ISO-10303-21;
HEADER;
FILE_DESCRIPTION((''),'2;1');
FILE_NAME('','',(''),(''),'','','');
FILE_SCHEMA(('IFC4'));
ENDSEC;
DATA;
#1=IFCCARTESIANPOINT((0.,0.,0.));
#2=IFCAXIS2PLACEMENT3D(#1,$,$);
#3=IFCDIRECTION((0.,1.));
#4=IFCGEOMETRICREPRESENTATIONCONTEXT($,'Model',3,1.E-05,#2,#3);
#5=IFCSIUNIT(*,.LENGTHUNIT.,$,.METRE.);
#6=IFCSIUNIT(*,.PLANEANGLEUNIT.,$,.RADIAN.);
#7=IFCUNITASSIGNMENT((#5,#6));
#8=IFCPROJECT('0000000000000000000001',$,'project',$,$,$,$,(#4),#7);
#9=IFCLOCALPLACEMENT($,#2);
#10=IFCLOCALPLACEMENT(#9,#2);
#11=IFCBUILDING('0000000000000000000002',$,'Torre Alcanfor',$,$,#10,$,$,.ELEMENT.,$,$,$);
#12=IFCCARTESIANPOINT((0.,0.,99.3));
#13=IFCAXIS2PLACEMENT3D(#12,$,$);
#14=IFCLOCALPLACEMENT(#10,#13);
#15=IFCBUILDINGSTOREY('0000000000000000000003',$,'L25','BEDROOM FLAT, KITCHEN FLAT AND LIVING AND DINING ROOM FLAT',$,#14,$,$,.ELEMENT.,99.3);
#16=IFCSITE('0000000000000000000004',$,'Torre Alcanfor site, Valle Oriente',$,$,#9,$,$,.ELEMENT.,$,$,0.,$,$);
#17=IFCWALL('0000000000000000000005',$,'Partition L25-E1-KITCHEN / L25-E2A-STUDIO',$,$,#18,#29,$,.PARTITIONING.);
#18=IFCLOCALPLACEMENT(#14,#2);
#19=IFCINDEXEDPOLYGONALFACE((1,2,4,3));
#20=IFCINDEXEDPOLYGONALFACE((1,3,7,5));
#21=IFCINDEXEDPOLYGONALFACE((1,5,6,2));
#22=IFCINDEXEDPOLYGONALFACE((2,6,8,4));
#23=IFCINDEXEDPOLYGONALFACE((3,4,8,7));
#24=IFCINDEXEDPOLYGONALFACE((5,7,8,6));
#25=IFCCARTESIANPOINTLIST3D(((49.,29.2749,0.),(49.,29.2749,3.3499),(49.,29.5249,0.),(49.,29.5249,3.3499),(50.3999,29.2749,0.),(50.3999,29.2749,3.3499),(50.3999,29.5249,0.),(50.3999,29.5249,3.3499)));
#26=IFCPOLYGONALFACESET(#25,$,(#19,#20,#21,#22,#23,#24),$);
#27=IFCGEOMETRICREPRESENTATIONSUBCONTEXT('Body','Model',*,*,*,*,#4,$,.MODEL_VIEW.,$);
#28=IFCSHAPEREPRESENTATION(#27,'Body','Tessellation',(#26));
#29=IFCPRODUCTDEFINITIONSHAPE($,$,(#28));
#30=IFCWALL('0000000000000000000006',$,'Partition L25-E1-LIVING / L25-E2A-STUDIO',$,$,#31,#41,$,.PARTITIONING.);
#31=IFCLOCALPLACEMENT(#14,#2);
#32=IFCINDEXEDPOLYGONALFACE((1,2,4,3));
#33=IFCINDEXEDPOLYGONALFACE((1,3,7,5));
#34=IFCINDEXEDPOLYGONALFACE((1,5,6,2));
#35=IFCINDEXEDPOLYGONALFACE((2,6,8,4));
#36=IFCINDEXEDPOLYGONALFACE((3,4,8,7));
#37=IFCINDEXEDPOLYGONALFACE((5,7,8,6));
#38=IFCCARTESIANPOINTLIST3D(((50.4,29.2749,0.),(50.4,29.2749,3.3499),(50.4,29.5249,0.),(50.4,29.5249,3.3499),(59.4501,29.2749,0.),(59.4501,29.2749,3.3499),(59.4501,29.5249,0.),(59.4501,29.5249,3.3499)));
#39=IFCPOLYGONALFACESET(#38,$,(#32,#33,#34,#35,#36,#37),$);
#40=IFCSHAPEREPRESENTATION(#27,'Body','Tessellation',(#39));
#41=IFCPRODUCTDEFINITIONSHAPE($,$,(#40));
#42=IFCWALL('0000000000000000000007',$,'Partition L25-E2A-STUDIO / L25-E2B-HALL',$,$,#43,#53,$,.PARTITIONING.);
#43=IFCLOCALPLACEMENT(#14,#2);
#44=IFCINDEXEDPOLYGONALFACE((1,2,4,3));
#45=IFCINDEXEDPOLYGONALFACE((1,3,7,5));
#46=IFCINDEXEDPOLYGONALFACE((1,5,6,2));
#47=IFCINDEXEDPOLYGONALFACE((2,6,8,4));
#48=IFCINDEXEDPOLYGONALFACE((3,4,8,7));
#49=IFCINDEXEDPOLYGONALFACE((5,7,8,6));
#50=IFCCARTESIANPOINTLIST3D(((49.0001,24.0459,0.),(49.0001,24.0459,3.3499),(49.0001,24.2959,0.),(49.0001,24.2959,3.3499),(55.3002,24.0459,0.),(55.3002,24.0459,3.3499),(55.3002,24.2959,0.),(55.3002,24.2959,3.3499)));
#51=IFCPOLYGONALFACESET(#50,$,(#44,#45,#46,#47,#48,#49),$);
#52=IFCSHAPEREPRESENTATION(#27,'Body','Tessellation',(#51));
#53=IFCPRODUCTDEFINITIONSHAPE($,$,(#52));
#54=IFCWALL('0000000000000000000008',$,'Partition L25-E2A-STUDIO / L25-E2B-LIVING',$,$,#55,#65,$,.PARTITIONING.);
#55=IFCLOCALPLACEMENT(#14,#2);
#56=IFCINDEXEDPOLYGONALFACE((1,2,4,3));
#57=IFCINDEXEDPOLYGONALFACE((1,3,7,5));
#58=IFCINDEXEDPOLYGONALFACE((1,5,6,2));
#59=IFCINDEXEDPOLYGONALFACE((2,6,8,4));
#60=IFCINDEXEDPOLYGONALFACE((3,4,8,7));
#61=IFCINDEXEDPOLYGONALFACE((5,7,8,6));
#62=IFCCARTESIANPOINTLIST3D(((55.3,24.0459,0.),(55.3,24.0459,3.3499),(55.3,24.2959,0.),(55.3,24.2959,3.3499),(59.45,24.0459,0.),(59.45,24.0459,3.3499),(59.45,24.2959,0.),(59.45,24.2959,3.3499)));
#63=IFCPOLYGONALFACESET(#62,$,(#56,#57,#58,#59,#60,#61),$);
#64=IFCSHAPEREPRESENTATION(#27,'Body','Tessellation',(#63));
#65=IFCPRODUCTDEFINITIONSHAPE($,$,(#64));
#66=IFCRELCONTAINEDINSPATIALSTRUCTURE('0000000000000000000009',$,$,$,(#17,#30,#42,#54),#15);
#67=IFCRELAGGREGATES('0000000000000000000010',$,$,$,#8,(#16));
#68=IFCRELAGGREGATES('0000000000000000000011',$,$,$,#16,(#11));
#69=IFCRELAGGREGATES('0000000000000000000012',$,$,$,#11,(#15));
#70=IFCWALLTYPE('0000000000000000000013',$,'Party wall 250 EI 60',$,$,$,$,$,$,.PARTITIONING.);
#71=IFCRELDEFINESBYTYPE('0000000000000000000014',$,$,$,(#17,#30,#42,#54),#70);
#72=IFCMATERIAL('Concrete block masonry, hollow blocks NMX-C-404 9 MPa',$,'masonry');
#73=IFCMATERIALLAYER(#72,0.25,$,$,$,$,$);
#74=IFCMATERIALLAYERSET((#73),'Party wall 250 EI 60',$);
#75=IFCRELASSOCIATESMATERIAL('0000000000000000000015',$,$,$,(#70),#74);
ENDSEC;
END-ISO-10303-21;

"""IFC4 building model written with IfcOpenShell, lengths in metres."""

from ifc_helpers import new_model, si_unit, direction, frame, frame_2d, origin, place, context, subcontext, project, spatial, rectangle, extrude, material, layer, layer_set, type_object, element, save


model = new_model("IFC4")

# Units and contexts
model_context = context("Model", 3, precision=1e-05, world=origin(), true_north=direction((0.0, 1.0)))
body_context = subcontext(model_context, "Body", "Model", "MODEL_VIEW")
ifc_project = project(units=[si_unit("LENGTHUNIT", "METRE"), si_unit("PLANEANGLEUNIT", "RADIAN")], contexts=[model_context])

# Site, building, storey
site_placement = place(None, origin())
site = spatial("IfcSite", under=ifc_project, at=site_placement, Name="Torre Alcanfor site, Valle Oriente", CompositionType="ELEMENT", RefElevation=0.0)
building_placement = place(site_placement, origin())
building = spatial("IfcBuilding", under=site, at=building_placement, Name="Torre Alcanfor", CompositionType="ELEMENT")
storey_placement = place(building_placement, frame((0.0, 0.0, 99.3)))
storey = spatial("IfcBuildingStorey", under=building, at=storey_placement, Name="L25", Description="BEDROOM FLAT, KITCHEN FLAT AND LIVING AND DINING ROOM FLAT", CompositionType="ELEMENT", Elevation=99.3)

# Walls
ifc_material_1 = material(Name="Concrete block masonry, hollow blocks NMX-C-404 9 MPa", Category="masonry")
ifc_layer_1 = layer(ifc_material_1, 0.25)
ifc_layer_set_1 = layer_set([ifc_layer_1], Name="Party wall 250 EI 60")
wall_type_1 = type_object("IfcWallType", Name="Party wall 250 EI 60", PredefinedType="PARTITIONING", material=ifc_layer_set_1)
wall_1_placement = place(storey_placement, frame((50.3999, 29.3999, 0.0), z_axis=(0.0, 0.0, 1.0), x_axis=(-1.0, 0.0, 0.0)))
element("IfcWall", 1, at=wall_1_placement, inside=storey, type_object=wall_type_1, Name="Partition L25-E1-KITCHEN / L25-E2A-STUDIO", PredefinedType="PARTITIONING", context=body_context, shape_type="SweptSolid", body=[
    extrude(rectangle(XDim=1.3999, YDim=0.25, at=frame_2d((0.7, 0.0))), origin(), (0.0, 0.0, 1.0), 3.3499),
])
wall_2_placement = place(storey_placement, frame((59.45, 29.3999, 0.0), z_axis=(0.0, 0.0, 1.0), x_axis=(-1.0, 0.0, 0.0)))
element("IfcWall", 2, at=wall_2_placement, inside=storey, type_object=wall_type_1, Name="Partition L25-E1-LIVING / L25-E2A-STUDIO", PredefinedType="PARTITIONING", context=body_context, shape_type="SweptSolid", body=[
    extrude(rectangle(XDim=9.05, YDim=0.25, at=frame_2d((4.5249, 0.0))), origin(), (0.0, 0.0, 1.0), 3.3499),
])
wall_3_placement = place(storey_placement, frame((55.3, 24.1709, 0.0), z_axis=(0.0, 0.0, 1.0), x_axis=(-1.0, 0.0, 0.0)))
element("IfcWall", 3, at=wall_3_placement, inside=storey, type_object=wall_type_1, Name="Partition L25-E2A-STUDIO / L25-E2B-HALL", PredefinedType="PARTITIONING", context=body_context, shape_type="SweptSolid", body=[
    extrude(rectangle(XDim=6.3, YDim=0.25, at=frame_2d((3.1499, 0.0))), origin(), (0.0, 0.0, 1.0), 3.3499),
])
wall_4_placement = place(storey_placement, frame((59.45, 24.1709, 0.0), z_axis=(0.0, 0.0, 1.0), x_axis=(-1.0, 0.0, 0.0)))
element("IfcWall", 4, at=wall_4_placement, inside=storey, type_object=wall_type_1, Name="Partition L25-E2A-STUDIO / L25-E2B-LIVING", PredefinedType="PARTITIONING", context=body_context, shape_type="SweptSolid", body=[
    extrude(rectangle(XDim=4.1499, YDim=0.25, at=frame_2d((2.075, 0.0))), origin(), (0.0, 0.0, 1.0), 3.3499),
])

save(model, "model.ifc")
